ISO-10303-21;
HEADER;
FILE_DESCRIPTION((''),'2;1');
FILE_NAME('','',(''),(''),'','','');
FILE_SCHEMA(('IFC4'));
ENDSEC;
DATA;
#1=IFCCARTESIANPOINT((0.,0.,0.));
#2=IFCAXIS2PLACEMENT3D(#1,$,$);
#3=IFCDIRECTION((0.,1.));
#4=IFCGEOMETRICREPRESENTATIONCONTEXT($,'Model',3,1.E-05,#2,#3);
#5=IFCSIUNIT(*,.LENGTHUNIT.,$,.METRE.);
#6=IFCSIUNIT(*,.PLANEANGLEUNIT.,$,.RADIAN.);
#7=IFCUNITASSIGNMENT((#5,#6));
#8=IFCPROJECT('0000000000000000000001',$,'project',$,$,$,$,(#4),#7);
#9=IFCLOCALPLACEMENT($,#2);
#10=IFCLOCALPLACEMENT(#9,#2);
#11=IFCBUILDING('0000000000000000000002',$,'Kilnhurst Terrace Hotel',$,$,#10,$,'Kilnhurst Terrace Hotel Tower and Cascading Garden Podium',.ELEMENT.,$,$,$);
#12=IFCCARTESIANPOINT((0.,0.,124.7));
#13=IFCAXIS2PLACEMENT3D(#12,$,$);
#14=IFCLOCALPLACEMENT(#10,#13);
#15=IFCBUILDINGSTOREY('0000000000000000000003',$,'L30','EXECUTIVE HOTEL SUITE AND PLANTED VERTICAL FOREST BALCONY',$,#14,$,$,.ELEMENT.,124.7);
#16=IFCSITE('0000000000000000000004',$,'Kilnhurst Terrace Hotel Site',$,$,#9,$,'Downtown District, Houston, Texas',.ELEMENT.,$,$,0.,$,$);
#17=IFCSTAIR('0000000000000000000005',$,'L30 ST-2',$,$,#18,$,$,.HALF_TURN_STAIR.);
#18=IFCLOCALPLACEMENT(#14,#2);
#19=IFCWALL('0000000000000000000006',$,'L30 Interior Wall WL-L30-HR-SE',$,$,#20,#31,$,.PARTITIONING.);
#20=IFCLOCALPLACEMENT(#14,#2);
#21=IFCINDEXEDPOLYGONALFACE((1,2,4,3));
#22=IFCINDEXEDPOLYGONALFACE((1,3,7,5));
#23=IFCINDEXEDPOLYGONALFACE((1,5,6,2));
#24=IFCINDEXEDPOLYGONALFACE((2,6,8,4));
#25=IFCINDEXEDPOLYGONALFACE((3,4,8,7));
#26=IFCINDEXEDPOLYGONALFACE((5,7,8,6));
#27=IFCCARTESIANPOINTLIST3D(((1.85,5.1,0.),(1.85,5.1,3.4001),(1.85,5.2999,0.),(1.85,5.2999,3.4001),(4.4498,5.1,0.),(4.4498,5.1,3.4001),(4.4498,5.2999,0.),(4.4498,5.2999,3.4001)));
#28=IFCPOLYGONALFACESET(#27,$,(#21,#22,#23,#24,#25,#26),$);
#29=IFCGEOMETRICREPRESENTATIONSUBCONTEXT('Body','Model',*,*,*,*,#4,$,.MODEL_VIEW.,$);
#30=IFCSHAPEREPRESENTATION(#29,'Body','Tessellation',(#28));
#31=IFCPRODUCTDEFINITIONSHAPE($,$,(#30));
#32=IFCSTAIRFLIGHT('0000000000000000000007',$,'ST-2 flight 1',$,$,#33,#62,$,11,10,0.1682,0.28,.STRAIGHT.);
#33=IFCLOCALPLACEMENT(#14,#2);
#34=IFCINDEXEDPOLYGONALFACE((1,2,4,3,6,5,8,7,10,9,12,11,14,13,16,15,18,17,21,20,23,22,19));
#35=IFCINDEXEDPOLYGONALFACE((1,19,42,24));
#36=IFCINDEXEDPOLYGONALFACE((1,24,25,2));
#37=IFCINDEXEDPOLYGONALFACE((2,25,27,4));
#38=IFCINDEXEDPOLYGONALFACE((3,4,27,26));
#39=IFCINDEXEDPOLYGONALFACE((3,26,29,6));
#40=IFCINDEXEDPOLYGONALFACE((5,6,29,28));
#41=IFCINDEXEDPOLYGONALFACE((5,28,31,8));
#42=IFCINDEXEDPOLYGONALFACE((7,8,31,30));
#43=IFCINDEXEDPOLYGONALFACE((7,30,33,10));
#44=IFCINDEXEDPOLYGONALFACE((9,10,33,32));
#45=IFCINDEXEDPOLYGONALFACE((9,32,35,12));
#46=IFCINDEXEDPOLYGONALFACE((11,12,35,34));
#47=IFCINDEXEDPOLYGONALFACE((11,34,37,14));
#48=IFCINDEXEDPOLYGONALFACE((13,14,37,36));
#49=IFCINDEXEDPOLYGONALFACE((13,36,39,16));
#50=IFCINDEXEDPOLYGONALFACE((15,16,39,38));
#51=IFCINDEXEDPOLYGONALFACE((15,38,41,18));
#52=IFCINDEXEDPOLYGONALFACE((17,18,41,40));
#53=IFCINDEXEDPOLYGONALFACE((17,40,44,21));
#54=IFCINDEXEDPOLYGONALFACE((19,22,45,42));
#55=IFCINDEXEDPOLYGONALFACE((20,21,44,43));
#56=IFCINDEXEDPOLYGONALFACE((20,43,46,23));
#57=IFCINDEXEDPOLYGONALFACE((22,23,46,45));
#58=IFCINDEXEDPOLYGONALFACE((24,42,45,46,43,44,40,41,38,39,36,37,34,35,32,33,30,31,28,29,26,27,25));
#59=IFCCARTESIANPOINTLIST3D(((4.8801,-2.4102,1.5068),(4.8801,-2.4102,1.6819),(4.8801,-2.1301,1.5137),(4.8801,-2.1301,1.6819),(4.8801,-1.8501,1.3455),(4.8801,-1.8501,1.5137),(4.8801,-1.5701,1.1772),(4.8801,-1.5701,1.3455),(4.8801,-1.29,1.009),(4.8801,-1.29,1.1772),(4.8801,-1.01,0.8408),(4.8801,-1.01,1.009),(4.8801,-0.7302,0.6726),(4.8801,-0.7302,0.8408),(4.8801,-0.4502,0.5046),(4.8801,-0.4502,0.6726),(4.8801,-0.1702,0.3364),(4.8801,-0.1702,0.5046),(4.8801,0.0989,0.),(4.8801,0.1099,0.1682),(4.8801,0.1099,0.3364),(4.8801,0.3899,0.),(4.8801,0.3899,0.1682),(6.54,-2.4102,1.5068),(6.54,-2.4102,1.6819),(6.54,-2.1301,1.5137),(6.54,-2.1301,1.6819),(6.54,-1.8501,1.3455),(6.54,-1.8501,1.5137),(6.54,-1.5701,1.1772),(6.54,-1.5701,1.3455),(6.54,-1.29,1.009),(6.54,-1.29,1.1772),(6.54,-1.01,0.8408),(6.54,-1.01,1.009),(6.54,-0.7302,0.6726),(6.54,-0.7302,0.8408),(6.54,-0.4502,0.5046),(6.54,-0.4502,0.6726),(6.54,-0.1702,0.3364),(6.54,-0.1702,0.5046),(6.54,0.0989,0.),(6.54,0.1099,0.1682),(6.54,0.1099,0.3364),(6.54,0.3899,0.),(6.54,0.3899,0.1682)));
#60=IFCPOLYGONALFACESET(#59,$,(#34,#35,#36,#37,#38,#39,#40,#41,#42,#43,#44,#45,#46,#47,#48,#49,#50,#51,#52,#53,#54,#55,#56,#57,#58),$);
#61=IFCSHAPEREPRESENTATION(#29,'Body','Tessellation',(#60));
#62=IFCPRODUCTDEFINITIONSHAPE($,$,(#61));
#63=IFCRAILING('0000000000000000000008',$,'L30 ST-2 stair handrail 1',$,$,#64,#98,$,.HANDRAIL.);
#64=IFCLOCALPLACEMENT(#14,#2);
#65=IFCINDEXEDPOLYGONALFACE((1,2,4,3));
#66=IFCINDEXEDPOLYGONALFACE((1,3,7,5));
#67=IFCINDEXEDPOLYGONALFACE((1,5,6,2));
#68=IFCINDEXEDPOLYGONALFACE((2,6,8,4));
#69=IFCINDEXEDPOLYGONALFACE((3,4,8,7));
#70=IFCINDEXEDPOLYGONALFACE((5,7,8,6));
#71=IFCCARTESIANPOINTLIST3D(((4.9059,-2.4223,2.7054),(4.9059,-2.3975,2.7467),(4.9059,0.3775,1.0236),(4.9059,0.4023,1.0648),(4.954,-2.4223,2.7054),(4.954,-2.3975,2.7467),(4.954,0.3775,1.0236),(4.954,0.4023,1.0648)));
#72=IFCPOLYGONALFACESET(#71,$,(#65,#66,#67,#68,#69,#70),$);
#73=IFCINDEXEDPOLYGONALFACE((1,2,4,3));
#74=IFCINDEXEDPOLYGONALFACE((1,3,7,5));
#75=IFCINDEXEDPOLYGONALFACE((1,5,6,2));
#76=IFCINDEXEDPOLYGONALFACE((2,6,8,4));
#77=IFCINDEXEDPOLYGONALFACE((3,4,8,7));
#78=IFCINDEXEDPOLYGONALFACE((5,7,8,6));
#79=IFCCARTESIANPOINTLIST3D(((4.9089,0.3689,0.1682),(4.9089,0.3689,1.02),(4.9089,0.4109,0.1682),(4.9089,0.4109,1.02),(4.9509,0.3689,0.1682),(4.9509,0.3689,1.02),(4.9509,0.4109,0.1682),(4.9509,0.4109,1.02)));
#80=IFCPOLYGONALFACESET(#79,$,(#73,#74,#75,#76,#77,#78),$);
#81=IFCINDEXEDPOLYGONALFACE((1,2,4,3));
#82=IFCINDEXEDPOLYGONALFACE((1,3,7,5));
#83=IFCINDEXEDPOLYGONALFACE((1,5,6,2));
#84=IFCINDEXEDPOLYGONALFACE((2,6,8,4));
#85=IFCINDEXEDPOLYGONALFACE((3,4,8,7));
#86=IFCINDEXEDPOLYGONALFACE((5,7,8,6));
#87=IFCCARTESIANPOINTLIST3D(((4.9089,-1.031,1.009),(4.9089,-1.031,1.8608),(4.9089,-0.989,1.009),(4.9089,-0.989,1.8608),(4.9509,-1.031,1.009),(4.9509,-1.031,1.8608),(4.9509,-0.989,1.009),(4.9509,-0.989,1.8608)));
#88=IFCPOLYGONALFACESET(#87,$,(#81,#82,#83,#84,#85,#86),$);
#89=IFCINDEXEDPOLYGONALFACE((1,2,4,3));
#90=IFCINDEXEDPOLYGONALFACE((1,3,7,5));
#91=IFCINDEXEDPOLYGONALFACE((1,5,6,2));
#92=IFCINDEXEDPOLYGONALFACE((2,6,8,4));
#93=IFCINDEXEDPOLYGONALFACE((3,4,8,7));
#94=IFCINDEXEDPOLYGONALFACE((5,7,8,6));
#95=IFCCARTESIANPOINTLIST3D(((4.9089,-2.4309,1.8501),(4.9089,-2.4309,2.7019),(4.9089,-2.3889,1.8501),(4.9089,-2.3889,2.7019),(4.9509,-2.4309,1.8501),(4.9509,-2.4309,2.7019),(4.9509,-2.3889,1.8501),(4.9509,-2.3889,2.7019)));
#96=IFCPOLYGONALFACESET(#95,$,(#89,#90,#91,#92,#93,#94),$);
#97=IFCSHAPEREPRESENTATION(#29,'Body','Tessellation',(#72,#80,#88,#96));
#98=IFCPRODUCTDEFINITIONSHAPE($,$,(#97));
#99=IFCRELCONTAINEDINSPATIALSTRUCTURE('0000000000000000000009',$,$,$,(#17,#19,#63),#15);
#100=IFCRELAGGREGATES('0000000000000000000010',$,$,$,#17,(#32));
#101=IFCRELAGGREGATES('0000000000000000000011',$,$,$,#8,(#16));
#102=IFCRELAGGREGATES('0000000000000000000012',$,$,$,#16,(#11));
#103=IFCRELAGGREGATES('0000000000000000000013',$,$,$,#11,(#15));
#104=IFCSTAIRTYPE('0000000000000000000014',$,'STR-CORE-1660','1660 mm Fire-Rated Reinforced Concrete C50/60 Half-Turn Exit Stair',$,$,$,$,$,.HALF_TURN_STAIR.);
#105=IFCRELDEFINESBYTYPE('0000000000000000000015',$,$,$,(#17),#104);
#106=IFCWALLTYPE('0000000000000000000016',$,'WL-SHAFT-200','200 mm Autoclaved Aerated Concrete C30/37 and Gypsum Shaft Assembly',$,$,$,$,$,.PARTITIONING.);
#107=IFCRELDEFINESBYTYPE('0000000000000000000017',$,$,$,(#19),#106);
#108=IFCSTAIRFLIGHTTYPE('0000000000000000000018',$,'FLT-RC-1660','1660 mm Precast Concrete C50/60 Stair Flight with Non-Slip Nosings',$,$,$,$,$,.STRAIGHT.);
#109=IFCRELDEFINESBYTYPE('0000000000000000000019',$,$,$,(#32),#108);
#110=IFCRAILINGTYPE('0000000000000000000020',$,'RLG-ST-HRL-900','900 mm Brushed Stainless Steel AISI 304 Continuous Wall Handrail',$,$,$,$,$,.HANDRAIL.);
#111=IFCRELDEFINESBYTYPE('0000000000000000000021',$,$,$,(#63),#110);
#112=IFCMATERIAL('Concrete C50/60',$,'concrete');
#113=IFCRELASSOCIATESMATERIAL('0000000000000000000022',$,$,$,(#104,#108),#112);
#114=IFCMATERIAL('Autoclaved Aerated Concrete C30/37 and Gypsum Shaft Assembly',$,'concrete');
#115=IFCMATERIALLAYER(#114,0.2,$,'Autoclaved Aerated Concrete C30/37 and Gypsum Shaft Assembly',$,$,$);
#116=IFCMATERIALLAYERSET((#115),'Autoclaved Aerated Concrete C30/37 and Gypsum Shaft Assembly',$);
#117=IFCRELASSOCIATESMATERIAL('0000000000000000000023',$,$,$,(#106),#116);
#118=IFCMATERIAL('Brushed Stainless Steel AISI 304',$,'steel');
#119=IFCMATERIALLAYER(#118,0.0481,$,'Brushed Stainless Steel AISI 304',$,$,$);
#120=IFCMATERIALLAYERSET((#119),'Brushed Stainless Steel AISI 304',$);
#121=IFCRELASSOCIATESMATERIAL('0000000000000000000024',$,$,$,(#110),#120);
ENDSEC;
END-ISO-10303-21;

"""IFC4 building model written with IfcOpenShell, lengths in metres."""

from ifc_helpers import new_model, si_unit, direction, frame, frame_2d, origin, origin_2d, place, context, subcontext, project, spatial, polyline, rectangle, outline, extrude, material, layer, layer_set, type_object, element, aggregate, save


model = new_model("IFC4")

# Units and contexts
model_context = context("Model", 3, precision=1e-05, world=origin(), true_north=direction((0.0, 1.0)))
body_context = subcontext(model_context, "Body", "Model", "MODEL_VIEW")
ifc_project = project(units=[si_unit("LENGTHUNIT", "METRE"), si_unit("PLANEANGLEUNIT", "RADIAN")], contexts=[model_context])

# Site, building, storey
site_placement = place(None, origin())
site = spatial("IfcSite", under=ifc_project, at=site_placement, Name="Kilnhurst Terrace Hotel Site", LongName="Downtown District, Houston, Texas", CompositionType="ELEMENT", RefElevation=0.0)
building_placement = place(site_placement, origin())
building = spatial("IfcBuilding", under=site, at=building_placement, Name="Kilnhurst Terrace Hotel", LongName="Kilnhurst Terrace Hotel Tower and Cascading Garden Podium", CompositionType="ELEMENT")
storey_placement = place(building_placement, frame((0.0, 0.0, 124.7)))
storey = spatial("IfcBuildingStorey", under=building, at=storey_placement, Name="L30", Description="EXECUTIVE HOTEL SUITE AND PLANTED VERTICAL FOREST BALCONY", CompositionType="ELEMENT", Elevation=124.7)

# Stair
ifc_material_1 = material(Name="Concrete C50/60", Category="concrete")
stair_type = type_object("IfcStairType", Name="STR-CORE-1660", Description="1660 mm Fire-Rated Reinforced Concrete C50/60 Half-Turn Exit Stair", PredefinedType="HALF_TURN_STAIR", material=ifc_material_1)
stair_1_placement = place(storey_placement, origin())
stair_1 = element("IfcStair", 1, at=stair_1_placement, inside=storey, type_object=stair_type, Name="L30 ST-2", PredefinedType="HALF_TURN_STAIR")

# Shared definitions
ifc_material_2 = material(Name="Autoclaved Aerated Concrete C30/37 and Gypsum Shaft Assembly", Category="concrete")
ifc_layer_1 = layer(ifc_material_2, 0.2, Name="Autoclaved Aerated Concrete C30/37 and Gypsum Shaft Assembly")
ifc_layer_set_1 = layer_set([ifc_layer_1], Name="Autoclaved Aerated Concrete C30/37 and Gypsum Shaft Assembly")
wall_type_1 = type_object("IfcWallType", Name="WL-SHAFT-200", Description="200 mm Autoclaved Aerated Concrete C30/37 and Gypsum Shaft Assembly", PredefinedType="PARTITIONING", material=ifc_layer_set_1)

# Wall
wall_1_placement = place(storey_placement, frame((1.8501, 5.2, 0.0), z_axis=(0.0, 0.0, 1.0), x_axis=(1.0, 0.0, 0.0)))
element("IfcWall", 2, at=wall_1_placement, inside=storey, type_object=wall_type_1, Name="L30 Interior Wall WL-L30-HR-SE", PredefinedType="PARTITIONING", context=body_context, shape_type="SweptSolid", body=[
    extrude(rectangle(XDim=2.5999, YDim=0.2, at=frame_2d((1.2998, 0.0))), origin(), (0.0, 0.0, 1.0), 3.4001),
])

# Stair flight
stair_flight_type = type_object("IfcStairFlightType", Name="FLT-RC-1660", Description="1660 mm Precast Concrete C50/60 Stair Flight with Non-Slip Nosings", PredefinedType="STRAIGHT", material=ifc_material_1)
stair_flight_placement = place(storey_placement, frame((5.71, 0.3899, 0.0), z_axis=(0.0, 0.0, 1.0), x_axis=(0.0, -1.0, 0.0)))
stair_flight = element("IfcStairFlight", 3, at=stair_flight_placement, type_object=stair_flight_type, Name="ST-2 flight 1", NumberOfRisers=11, NumberOfTreads=10, PredefinedType="STRAIGHT", RiserHeight=0.1682, TreadLength=0.28, context=body_context, shape_type="SweptSolid", body=[
    extrude(outline(polyline([(0.0, 0.0), (0.0, 0.1682), (0.28, 0.1682), (0.28, 0.3364), (0.5601, 0.3364), (0.5601, 0.5046), (0.8401, 0.5046), (0.8401, 0.6726), (1.1201, 0.6726), (1.1201, 0.8408), (1.3999, 0.8408), (1.3999, 1.009), (1.6799, 1.009), (1.6799, 1.1772), (1.96, 1.1772), (1.96, 1.3455), (2.24, 1.3455), (2.24, 1.5137), (2.52, 1.5137), (2.52, 1.6819), (2.8, 1.6819), (2.8, 1.8501), (2.8, 1.5068), (0.291, 0.0), (0.0, 0.0)])), frame((0.0, 0.8301, 0.0), z_axis=(0.0, -1.0, 0.0), x_axis=(1.0, 0.0, 0.0)), (0.0, 0.0, 1.0), 1.6599),
])
aggregate(stair_1, [stair_flight])

# Railing
ifc_material_3 = material(Name="Brushed Stainless Steel AISI 304", Category="steel")
ifc_layer_2 = layer(ifc_material_3, 0.0481, Name="Brushed Stainless Steel AISI 304")
ifc_layer_set_2 = layer_set([ifc_layer_2], Name="Brushed Stainless Steel AISI 304")
railing_type = type_object("IfcRailingType", Name="RLG-ST-HRL-900", Description="900 mm Brushed Stainless Steel AISI 304 Continuous Wall Handrail", PredefinedType="HANDRAIL", material=ifc_layer_set_2)
railing_placement = place(storey_placement, frame((4.9299, 0.3899, 0.1682)))
element("IfcRailing", 4, at=railing_placement, inside=storey, type_object=railing_type, Name="L30 ST-2 stair handrail 1", PredefinedType="HANDRAIL", context=body_context, shape_type="SweptSolid", body=[
    extrude(rectangle(XDim=0.0481, YDim=0.0481, at=origin_2d()), frame((0.0, 0.0, 0.876), z_axis=(0.0, -0.857222, 0.514946), x_axis=(1.0, 0.0, 0.0)), (0.0, 0.0, 1.0), 3.2661),
    extrude(rectangle(XDim=0.042, YDim=0.042, at=origin_2d()), origin(), (0.0, 0.0, 1.0), 0.8518),
    extrude(rectangle(XDim=0.042, YDim=0.042, at=origin_2d()), frame((0.0, -1.3999, 0.8408)), (0.0, 0.0, 1.0), 0.8518),
    extrude(rectangle(XDim=0.042, YDim=0.042, at=origin_2d()), frame((0.0, -2.7998, 1.6819)), (0.0, 0.0, 1.0), 0.8518),
])

save(model, "model.ifc")
